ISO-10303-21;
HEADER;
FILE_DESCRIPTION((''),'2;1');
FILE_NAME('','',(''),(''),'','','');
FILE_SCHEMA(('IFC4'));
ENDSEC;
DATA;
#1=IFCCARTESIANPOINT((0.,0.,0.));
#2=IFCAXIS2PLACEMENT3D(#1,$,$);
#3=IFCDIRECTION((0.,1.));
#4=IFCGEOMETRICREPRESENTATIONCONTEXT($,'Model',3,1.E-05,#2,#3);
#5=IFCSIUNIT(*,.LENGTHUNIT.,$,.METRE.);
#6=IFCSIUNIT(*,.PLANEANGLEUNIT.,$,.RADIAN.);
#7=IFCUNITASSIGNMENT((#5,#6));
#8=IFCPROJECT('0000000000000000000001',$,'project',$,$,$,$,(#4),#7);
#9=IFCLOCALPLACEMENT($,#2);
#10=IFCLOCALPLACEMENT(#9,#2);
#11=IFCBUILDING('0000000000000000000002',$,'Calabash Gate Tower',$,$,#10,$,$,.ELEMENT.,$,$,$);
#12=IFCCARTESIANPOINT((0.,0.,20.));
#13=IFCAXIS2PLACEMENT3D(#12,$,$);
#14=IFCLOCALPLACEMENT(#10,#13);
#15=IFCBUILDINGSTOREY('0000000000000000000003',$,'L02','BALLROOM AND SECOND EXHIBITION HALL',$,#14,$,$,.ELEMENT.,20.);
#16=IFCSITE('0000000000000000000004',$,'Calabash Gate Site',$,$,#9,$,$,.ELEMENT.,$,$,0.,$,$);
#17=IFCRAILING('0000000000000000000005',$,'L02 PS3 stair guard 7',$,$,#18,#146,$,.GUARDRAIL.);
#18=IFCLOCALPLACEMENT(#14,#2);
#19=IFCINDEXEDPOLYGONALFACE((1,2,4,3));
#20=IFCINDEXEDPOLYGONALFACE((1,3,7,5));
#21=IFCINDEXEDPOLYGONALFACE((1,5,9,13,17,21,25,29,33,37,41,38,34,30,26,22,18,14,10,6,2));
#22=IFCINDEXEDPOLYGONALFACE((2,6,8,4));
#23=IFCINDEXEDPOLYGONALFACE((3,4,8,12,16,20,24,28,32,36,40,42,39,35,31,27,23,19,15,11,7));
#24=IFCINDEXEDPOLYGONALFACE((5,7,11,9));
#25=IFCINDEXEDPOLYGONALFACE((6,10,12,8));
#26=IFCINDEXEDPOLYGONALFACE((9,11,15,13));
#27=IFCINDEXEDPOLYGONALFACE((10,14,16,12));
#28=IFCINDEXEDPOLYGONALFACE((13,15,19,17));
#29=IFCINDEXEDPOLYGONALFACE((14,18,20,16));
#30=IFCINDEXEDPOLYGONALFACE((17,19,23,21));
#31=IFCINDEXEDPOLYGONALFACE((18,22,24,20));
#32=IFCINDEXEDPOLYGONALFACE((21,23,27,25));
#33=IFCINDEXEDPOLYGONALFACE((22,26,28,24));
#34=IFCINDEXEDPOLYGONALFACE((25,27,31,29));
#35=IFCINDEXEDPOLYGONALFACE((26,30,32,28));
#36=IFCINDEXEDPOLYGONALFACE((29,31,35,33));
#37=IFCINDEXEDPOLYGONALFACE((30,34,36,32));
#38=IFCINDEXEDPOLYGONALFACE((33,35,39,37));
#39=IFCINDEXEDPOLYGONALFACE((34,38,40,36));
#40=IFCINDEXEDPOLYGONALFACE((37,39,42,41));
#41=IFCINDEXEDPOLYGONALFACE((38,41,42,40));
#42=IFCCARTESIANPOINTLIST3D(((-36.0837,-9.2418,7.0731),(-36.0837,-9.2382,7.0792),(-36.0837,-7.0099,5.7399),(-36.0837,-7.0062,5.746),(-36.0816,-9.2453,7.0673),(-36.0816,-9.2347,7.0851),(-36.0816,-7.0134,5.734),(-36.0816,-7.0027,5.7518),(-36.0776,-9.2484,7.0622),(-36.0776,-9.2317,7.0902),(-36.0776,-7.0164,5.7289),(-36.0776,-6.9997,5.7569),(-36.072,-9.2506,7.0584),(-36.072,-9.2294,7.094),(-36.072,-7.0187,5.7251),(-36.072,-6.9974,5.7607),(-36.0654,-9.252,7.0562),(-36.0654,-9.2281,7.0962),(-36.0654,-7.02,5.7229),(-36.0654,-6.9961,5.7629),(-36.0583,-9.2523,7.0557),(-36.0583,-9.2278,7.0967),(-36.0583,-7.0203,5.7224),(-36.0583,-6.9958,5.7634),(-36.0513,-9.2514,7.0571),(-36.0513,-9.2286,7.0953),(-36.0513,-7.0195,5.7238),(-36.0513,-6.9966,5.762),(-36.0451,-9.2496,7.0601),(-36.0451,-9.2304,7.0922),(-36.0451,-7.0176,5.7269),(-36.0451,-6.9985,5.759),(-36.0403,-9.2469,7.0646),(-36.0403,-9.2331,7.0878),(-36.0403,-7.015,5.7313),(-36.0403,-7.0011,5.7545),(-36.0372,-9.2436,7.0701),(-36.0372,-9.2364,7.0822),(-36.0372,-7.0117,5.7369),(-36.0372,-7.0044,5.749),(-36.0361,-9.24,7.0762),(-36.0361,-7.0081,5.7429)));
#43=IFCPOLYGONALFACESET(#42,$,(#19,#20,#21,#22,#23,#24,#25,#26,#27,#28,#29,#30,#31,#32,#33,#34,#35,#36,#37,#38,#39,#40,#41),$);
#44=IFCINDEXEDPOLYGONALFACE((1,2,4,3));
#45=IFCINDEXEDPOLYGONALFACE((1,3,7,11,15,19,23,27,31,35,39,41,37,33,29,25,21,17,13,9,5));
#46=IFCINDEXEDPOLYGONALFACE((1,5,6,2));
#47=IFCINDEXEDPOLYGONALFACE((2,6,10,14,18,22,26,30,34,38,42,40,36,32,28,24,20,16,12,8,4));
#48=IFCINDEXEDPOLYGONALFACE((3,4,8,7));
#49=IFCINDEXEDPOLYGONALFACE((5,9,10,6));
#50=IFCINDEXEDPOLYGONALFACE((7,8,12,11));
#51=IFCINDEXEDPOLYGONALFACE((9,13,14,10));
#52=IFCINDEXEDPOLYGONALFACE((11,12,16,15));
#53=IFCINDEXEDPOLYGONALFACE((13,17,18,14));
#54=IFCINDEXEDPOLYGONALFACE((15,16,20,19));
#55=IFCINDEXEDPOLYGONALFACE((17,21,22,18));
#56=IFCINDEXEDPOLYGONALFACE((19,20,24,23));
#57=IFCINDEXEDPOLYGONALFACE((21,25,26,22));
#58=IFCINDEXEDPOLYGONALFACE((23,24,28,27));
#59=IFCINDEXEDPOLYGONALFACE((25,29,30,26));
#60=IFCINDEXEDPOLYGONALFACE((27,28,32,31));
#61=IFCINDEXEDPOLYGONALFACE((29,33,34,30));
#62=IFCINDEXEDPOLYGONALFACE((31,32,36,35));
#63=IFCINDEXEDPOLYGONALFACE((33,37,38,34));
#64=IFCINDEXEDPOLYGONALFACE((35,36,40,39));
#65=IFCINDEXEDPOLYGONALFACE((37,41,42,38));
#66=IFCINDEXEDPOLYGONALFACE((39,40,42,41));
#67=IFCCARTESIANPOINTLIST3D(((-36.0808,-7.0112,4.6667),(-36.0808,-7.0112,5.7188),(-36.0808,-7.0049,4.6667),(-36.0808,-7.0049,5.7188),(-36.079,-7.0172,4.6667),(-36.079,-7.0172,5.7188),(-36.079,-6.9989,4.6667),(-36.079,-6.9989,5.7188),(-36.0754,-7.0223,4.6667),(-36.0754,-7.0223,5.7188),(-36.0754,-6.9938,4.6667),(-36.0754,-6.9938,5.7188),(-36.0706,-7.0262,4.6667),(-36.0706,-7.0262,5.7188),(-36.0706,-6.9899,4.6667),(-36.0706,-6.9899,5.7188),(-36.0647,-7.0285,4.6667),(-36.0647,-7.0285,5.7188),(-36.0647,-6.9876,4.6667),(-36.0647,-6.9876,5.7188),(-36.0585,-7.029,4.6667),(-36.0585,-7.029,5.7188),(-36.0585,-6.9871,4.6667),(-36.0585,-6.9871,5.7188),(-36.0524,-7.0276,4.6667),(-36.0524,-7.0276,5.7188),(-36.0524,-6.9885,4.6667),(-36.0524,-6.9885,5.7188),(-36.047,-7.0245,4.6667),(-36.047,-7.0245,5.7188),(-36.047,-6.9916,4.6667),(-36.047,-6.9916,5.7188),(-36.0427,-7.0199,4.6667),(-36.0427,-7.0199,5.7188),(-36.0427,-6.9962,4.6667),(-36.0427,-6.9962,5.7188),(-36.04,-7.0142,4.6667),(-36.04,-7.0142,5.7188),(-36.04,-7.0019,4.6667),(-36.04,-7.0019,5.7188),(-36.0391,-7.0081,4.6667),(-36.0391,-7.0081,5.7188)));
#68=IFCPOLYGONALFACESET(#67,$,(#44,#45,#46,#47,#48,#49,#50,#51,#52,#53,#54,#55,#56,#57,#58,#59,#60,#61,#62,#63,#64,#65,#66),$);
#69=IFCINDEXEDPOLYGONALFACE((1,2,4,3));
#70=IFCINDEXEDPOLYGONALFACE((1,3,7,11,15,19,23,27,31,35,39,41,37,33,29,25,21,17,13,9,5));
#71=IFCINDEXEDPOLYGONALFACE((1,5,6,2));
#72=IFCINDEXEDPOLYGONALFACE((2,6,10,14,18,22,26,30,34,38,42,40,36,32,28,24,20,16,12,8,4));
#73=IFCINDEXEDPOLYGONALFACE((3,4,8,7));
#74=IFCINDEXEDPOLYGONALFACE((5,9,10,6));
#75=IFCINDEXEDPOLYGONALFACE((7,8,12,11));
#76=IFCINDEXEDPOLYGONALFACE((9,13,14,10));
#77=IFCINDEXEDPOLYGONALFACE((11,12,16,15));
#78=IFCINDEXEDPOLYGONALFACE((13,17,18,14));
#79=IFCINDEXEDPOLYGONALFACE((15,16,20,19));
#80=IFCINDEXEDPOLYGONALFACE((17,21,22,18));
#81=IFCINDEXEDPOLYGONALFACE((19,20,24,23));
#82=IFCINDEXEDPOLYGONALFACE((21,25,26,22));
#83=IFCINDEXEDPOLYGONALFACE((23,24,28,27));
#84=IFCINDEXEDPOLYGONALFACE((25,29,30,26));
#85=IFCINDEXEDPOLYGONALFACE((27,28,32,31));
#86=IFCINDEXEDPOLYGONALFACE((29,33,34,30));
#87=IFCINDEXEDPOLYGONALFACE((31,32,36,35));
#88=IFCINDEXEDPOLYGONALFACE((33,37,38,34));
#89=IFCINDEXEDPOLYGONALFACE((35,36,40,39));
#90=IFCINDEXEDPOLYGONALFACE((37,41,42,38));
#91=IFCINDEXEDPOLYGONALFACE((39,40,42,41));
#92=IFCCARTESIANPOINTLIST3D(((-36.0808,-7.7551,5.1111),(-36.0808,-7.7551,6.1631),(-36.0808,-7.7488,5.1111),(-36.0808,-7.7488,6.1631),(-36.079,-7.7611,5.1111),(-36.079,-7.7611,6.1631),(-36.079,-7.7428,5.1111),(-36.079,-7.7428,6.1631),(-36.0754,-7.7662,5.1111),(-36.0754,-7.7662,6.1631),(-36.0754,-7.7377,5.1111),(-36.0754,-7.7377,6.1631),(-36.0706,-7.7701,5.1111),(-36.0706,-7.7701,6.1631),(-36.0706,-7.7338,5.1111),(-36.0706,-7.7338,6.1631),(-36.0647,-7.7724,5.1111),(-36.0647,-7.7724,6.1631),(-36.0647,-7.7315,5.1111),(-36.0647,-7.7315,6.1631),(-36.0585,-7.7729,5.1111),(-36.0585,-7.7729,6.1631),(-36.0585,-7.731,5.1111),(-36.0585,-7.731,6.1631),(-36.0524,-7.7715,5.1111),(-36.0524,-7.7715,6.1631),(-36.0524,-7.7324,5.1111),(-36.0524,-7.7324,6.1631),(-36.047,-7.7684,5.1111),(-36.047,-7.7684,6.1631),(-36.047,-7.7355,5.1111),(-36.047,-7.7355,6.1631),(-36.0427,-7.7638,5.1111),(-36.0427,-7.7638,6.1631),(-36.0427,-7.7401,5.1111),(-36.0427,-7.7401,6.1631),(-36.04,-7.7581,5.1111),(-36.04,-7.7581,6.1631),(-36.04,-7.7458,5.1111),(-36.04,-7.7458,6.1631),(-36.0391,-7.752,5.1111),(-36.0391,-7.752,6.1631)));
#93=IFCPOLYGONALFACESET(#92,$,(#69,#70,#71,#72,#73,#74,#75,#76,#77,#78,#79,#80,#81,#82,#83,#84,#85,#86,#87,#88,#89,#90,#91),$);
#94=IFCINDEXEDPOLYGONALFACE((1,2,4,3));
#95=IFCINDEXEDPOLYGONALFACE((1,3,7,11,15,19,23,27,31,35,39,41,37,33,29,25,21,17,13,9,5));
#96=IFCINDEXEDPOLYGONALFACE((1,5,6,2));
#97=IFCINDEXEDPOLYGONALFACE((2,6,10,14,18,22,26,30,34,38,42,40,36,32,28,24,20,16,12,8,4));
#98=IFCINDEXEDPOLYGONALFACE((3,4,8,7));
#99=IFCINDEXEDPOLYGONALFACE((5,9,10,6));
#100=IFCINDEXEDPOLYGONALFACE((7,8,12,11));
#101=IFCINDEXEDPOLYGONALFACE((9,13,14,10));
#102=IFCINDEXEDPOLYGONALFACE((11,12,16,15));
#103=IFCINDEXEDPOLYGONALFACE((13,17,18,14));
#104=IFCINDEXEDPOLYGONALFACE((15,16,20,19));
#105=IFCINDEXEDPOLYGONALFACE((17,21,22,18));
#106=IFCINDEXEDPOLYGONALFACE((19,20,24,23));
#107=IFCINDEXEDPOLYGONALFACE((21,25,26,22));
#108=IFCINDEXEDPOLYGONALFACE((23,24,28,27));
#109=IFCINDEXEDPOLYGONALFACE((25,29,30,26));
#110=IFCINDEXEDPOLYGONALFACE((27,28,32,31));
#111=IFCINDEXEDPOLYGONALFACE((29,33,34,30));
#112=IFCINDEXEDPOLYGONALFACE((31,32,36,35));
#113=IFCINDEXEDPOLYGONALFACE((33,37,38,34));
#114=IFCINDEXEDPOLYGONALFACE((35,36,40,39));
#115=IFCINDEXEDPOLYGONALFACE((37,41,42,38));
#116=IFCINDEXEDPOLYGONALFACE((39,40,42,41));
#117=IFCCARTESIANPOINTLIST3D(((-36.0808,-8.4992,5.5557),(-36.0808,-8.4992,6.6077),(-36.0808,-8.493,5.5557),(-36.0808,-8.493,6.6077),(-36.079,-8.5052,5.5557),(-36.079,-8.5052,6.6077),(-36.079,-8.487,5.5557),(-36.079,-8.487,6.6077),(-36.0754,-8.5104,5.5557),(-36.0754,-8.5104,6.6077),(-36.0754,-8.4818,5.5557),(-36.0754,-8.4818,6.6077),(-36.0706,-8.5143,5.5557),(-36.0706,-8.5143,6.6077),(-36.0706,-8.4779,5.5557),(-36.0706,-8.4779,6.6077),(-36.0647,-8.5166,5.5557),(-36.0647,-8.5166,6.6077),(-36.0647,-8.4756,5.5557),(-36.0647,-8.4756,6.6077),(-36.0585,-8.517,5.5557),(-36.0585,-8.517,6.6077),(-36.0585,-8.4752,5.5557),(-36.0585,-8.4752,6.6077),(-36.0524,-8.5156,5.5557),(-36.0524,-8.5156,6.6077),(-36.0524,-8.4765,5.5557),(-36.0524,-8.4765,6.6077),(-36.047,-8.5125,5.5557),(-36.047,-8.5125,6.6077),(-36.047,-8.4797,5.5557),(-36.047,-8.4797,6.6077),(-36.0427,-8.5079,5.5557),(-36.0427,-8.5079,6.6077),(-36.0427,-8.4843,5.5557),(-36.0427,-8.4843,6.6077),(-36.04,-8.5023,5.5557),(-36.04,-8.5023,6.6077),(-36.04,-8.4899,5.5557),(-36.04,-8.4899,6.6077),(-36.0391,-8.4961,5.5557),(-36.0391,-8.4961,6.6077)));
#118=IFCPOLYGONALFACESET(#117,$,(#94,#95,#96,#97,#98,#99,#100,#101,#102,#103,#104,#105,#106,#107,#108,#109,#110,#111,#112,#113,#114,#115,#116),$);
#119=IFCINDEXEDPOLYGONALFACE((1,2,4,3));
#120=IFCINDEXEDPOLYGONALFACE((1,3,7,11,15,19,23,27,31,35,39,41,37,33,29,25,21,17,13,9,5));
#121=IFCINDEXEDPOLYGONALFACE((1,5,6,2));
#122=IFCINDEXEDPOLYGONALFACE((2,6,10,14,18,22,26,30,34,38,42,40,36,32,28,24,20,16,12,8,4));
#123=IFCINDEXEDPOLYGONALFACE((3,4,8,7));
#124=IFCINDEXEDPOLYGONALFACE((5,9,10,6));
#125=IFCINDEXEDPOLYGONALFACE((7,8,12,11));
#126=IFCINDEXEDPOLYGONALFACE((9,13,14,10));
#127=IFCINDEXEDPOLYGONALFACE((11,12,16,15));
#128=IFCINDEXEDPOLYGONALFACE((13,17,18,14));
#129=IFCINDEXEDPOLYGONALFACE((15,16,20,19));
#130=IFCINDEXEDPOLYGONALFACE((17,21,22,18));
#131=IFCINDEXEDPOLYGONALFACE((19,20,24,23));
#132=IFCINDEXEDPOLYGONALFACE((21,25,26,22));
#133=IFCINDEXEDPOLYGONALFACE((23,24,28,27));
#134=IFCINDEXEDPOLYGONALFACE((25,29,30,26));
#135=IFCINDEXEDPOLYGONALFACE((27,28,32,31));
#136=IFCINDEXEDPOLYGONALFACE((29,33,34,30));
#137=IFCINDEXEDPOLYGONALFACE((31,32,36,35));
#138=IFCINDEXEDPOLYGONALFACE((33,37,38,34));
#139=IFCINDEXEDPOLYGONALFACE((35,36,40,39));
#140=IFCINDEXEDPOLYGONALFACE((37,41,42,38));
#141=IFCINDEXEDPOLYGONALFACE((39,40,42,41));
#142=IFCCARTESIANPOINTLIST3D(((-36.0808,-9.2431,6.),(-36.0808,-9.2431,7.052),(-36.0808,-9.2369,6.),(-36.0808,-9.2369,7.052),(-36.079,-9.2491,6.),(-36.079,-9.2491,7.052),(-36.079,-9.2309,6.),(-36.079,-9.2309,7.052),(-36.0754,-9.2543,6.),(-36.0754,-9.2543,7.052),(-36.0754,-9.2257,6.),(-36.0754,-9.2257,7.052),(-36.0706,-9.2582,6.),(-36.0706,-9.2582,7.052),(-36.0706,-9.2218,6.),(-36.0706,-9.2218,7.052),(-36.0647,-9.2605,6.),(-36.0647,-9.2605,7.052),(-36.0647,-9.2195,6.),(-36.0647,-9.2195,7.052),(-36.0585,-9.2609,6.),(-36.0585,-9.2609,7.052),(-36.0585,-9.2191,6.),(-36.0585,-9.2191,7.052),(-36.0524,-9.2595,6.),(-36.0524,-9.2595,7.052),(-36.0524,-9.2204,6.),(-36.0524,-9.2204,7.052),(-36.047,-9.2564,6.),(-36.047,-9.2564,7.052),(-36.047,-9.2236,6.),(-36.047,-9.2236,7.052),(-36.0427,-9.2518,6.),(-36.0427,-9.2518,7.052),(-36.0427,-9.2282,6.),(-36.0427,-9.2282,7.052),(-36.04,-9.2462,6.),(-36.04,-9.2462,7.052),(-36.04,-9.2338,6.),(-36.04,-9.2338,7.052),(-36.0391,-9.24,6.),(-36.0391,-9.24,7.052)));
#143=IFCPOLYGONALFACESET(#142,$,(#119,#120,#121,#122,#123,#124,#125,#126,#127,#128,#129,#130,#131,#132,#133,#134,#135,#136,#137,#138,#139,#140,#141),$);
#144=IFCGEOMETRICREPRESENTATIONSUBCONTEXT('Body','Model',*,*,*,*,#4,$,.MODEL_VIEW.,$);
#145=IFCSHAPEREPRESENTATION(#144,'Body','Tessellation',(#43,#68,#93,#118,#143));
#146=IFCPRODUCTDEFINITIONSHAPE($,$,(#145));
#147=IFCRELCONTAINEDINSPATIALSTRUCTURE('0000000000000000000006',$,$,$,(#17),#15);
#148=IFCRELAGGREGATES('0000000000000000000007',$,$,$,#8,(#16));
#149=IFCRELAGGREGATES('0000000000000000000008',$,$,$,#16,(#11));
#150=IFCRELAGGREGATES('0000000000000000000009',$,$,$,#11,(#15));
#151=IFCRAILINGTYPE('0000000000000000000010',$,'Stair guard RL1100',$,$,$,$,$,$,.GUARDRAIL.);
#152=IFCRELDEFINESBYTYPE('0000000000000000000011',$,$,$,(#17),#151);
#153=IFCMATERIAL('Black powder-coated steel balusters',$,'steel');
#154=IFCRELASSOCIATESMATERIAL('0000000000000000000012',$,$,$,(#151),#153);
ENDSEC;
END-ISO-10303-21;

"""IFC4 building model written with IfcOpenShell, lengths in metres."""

from ifc_helpers import new_model, si_unit, direction, frame, origin, origin_2d, place, context, subcontext, project, spatial, circle, extrude, material, type_object, element, save


model = new_model("IFC4")

# Units and contexts
model_context = context("Model", 3, precision=1e-05, world=origin(), true_north=direction((0.0, 1.0)))
body_context = subcontext(model_context, "Body", "Model", "MODEL_VIEW")
ifc_project = project(units=[si_unit("LENGTHUNIT", "METRE"), si_unit("PLANEANGLEUNIT", "RADIAN")], contexts=[model_context])

# Site, building, storey
site_placement = place(None, origin())
site = spatial("IfcSite", under=ifc_project, at=site_placement, Name="Calabash Gate Site", CompositionType="ELEMENT", RefElevation=0.0)
building_placement = place(site_placement, origin())
building = spatial("IfcBuilding", under=site, at=building_placement, Name="Calabash Gate Tower", CompositionType="ELEMENT")
storey_placement = place(building_placement, frame((0.0, 0.0, 20.0)))
storey = spatial("IfcBuildingStorey", under=building, at=storey_placement, Name="L02", Description="BALLROOM AND SECOND EXHIBITION HALL", CompositionType="ELEMENT", Elevation=20.0)

# Railing
ifc_material_1 = material(Name="Black powder-coated steel balusters", Category="steel")
railing_type_1 = type_object("IfcRailingType", Name="Stair guard RL1100", PredefinedType="GUARDRAIL", material=ifc_material_1)
railing_1_placement = place(storey_placement, frame((-36.0601, -7.0081, 4.6667)))
element("IfcRailing", 1, at=railing_1_placement, inside=storey, type_object=railing_type_1, Name="L02 PS3 stair guard 7", PredefinedType="GUARDRAIL", context=body_context, shape_type="SweptSolid", body=[
    extrude(circle(Radius=0.0239, at=origin_2d()), frame((0.0, 0.0, 1.0762), z_axis=(0.0, -0.858494, 0.512824), x_axis=(1.0, 0.0, 0.0)), (0.0, 0.0, 1.0), 2.5999),
    extrude(circle(Radius=0.021, at=origin_2d()), origin(), (0.0, 0.0, 1.0), 1.052),
    extrude(circle(Radius=0.021, at=origin_2d()), frame((0.0, -0.7439, 0.4443)), (0.0, 0.0, 1.0), 1.052),
    extrude(circle(Radius=0.021, at=origin_2d()), frame((0.0, -1.488, 0.8889)), (0.0, 0.0, 1.0), 1.052),
    extrude(circle(Radius=0.021, at=origin_2d()), frame((0.0, -2.2319, 1.3333)), (0.0, 0.0, 1.0), 1.052),
])

save(model, "model.ifc")
